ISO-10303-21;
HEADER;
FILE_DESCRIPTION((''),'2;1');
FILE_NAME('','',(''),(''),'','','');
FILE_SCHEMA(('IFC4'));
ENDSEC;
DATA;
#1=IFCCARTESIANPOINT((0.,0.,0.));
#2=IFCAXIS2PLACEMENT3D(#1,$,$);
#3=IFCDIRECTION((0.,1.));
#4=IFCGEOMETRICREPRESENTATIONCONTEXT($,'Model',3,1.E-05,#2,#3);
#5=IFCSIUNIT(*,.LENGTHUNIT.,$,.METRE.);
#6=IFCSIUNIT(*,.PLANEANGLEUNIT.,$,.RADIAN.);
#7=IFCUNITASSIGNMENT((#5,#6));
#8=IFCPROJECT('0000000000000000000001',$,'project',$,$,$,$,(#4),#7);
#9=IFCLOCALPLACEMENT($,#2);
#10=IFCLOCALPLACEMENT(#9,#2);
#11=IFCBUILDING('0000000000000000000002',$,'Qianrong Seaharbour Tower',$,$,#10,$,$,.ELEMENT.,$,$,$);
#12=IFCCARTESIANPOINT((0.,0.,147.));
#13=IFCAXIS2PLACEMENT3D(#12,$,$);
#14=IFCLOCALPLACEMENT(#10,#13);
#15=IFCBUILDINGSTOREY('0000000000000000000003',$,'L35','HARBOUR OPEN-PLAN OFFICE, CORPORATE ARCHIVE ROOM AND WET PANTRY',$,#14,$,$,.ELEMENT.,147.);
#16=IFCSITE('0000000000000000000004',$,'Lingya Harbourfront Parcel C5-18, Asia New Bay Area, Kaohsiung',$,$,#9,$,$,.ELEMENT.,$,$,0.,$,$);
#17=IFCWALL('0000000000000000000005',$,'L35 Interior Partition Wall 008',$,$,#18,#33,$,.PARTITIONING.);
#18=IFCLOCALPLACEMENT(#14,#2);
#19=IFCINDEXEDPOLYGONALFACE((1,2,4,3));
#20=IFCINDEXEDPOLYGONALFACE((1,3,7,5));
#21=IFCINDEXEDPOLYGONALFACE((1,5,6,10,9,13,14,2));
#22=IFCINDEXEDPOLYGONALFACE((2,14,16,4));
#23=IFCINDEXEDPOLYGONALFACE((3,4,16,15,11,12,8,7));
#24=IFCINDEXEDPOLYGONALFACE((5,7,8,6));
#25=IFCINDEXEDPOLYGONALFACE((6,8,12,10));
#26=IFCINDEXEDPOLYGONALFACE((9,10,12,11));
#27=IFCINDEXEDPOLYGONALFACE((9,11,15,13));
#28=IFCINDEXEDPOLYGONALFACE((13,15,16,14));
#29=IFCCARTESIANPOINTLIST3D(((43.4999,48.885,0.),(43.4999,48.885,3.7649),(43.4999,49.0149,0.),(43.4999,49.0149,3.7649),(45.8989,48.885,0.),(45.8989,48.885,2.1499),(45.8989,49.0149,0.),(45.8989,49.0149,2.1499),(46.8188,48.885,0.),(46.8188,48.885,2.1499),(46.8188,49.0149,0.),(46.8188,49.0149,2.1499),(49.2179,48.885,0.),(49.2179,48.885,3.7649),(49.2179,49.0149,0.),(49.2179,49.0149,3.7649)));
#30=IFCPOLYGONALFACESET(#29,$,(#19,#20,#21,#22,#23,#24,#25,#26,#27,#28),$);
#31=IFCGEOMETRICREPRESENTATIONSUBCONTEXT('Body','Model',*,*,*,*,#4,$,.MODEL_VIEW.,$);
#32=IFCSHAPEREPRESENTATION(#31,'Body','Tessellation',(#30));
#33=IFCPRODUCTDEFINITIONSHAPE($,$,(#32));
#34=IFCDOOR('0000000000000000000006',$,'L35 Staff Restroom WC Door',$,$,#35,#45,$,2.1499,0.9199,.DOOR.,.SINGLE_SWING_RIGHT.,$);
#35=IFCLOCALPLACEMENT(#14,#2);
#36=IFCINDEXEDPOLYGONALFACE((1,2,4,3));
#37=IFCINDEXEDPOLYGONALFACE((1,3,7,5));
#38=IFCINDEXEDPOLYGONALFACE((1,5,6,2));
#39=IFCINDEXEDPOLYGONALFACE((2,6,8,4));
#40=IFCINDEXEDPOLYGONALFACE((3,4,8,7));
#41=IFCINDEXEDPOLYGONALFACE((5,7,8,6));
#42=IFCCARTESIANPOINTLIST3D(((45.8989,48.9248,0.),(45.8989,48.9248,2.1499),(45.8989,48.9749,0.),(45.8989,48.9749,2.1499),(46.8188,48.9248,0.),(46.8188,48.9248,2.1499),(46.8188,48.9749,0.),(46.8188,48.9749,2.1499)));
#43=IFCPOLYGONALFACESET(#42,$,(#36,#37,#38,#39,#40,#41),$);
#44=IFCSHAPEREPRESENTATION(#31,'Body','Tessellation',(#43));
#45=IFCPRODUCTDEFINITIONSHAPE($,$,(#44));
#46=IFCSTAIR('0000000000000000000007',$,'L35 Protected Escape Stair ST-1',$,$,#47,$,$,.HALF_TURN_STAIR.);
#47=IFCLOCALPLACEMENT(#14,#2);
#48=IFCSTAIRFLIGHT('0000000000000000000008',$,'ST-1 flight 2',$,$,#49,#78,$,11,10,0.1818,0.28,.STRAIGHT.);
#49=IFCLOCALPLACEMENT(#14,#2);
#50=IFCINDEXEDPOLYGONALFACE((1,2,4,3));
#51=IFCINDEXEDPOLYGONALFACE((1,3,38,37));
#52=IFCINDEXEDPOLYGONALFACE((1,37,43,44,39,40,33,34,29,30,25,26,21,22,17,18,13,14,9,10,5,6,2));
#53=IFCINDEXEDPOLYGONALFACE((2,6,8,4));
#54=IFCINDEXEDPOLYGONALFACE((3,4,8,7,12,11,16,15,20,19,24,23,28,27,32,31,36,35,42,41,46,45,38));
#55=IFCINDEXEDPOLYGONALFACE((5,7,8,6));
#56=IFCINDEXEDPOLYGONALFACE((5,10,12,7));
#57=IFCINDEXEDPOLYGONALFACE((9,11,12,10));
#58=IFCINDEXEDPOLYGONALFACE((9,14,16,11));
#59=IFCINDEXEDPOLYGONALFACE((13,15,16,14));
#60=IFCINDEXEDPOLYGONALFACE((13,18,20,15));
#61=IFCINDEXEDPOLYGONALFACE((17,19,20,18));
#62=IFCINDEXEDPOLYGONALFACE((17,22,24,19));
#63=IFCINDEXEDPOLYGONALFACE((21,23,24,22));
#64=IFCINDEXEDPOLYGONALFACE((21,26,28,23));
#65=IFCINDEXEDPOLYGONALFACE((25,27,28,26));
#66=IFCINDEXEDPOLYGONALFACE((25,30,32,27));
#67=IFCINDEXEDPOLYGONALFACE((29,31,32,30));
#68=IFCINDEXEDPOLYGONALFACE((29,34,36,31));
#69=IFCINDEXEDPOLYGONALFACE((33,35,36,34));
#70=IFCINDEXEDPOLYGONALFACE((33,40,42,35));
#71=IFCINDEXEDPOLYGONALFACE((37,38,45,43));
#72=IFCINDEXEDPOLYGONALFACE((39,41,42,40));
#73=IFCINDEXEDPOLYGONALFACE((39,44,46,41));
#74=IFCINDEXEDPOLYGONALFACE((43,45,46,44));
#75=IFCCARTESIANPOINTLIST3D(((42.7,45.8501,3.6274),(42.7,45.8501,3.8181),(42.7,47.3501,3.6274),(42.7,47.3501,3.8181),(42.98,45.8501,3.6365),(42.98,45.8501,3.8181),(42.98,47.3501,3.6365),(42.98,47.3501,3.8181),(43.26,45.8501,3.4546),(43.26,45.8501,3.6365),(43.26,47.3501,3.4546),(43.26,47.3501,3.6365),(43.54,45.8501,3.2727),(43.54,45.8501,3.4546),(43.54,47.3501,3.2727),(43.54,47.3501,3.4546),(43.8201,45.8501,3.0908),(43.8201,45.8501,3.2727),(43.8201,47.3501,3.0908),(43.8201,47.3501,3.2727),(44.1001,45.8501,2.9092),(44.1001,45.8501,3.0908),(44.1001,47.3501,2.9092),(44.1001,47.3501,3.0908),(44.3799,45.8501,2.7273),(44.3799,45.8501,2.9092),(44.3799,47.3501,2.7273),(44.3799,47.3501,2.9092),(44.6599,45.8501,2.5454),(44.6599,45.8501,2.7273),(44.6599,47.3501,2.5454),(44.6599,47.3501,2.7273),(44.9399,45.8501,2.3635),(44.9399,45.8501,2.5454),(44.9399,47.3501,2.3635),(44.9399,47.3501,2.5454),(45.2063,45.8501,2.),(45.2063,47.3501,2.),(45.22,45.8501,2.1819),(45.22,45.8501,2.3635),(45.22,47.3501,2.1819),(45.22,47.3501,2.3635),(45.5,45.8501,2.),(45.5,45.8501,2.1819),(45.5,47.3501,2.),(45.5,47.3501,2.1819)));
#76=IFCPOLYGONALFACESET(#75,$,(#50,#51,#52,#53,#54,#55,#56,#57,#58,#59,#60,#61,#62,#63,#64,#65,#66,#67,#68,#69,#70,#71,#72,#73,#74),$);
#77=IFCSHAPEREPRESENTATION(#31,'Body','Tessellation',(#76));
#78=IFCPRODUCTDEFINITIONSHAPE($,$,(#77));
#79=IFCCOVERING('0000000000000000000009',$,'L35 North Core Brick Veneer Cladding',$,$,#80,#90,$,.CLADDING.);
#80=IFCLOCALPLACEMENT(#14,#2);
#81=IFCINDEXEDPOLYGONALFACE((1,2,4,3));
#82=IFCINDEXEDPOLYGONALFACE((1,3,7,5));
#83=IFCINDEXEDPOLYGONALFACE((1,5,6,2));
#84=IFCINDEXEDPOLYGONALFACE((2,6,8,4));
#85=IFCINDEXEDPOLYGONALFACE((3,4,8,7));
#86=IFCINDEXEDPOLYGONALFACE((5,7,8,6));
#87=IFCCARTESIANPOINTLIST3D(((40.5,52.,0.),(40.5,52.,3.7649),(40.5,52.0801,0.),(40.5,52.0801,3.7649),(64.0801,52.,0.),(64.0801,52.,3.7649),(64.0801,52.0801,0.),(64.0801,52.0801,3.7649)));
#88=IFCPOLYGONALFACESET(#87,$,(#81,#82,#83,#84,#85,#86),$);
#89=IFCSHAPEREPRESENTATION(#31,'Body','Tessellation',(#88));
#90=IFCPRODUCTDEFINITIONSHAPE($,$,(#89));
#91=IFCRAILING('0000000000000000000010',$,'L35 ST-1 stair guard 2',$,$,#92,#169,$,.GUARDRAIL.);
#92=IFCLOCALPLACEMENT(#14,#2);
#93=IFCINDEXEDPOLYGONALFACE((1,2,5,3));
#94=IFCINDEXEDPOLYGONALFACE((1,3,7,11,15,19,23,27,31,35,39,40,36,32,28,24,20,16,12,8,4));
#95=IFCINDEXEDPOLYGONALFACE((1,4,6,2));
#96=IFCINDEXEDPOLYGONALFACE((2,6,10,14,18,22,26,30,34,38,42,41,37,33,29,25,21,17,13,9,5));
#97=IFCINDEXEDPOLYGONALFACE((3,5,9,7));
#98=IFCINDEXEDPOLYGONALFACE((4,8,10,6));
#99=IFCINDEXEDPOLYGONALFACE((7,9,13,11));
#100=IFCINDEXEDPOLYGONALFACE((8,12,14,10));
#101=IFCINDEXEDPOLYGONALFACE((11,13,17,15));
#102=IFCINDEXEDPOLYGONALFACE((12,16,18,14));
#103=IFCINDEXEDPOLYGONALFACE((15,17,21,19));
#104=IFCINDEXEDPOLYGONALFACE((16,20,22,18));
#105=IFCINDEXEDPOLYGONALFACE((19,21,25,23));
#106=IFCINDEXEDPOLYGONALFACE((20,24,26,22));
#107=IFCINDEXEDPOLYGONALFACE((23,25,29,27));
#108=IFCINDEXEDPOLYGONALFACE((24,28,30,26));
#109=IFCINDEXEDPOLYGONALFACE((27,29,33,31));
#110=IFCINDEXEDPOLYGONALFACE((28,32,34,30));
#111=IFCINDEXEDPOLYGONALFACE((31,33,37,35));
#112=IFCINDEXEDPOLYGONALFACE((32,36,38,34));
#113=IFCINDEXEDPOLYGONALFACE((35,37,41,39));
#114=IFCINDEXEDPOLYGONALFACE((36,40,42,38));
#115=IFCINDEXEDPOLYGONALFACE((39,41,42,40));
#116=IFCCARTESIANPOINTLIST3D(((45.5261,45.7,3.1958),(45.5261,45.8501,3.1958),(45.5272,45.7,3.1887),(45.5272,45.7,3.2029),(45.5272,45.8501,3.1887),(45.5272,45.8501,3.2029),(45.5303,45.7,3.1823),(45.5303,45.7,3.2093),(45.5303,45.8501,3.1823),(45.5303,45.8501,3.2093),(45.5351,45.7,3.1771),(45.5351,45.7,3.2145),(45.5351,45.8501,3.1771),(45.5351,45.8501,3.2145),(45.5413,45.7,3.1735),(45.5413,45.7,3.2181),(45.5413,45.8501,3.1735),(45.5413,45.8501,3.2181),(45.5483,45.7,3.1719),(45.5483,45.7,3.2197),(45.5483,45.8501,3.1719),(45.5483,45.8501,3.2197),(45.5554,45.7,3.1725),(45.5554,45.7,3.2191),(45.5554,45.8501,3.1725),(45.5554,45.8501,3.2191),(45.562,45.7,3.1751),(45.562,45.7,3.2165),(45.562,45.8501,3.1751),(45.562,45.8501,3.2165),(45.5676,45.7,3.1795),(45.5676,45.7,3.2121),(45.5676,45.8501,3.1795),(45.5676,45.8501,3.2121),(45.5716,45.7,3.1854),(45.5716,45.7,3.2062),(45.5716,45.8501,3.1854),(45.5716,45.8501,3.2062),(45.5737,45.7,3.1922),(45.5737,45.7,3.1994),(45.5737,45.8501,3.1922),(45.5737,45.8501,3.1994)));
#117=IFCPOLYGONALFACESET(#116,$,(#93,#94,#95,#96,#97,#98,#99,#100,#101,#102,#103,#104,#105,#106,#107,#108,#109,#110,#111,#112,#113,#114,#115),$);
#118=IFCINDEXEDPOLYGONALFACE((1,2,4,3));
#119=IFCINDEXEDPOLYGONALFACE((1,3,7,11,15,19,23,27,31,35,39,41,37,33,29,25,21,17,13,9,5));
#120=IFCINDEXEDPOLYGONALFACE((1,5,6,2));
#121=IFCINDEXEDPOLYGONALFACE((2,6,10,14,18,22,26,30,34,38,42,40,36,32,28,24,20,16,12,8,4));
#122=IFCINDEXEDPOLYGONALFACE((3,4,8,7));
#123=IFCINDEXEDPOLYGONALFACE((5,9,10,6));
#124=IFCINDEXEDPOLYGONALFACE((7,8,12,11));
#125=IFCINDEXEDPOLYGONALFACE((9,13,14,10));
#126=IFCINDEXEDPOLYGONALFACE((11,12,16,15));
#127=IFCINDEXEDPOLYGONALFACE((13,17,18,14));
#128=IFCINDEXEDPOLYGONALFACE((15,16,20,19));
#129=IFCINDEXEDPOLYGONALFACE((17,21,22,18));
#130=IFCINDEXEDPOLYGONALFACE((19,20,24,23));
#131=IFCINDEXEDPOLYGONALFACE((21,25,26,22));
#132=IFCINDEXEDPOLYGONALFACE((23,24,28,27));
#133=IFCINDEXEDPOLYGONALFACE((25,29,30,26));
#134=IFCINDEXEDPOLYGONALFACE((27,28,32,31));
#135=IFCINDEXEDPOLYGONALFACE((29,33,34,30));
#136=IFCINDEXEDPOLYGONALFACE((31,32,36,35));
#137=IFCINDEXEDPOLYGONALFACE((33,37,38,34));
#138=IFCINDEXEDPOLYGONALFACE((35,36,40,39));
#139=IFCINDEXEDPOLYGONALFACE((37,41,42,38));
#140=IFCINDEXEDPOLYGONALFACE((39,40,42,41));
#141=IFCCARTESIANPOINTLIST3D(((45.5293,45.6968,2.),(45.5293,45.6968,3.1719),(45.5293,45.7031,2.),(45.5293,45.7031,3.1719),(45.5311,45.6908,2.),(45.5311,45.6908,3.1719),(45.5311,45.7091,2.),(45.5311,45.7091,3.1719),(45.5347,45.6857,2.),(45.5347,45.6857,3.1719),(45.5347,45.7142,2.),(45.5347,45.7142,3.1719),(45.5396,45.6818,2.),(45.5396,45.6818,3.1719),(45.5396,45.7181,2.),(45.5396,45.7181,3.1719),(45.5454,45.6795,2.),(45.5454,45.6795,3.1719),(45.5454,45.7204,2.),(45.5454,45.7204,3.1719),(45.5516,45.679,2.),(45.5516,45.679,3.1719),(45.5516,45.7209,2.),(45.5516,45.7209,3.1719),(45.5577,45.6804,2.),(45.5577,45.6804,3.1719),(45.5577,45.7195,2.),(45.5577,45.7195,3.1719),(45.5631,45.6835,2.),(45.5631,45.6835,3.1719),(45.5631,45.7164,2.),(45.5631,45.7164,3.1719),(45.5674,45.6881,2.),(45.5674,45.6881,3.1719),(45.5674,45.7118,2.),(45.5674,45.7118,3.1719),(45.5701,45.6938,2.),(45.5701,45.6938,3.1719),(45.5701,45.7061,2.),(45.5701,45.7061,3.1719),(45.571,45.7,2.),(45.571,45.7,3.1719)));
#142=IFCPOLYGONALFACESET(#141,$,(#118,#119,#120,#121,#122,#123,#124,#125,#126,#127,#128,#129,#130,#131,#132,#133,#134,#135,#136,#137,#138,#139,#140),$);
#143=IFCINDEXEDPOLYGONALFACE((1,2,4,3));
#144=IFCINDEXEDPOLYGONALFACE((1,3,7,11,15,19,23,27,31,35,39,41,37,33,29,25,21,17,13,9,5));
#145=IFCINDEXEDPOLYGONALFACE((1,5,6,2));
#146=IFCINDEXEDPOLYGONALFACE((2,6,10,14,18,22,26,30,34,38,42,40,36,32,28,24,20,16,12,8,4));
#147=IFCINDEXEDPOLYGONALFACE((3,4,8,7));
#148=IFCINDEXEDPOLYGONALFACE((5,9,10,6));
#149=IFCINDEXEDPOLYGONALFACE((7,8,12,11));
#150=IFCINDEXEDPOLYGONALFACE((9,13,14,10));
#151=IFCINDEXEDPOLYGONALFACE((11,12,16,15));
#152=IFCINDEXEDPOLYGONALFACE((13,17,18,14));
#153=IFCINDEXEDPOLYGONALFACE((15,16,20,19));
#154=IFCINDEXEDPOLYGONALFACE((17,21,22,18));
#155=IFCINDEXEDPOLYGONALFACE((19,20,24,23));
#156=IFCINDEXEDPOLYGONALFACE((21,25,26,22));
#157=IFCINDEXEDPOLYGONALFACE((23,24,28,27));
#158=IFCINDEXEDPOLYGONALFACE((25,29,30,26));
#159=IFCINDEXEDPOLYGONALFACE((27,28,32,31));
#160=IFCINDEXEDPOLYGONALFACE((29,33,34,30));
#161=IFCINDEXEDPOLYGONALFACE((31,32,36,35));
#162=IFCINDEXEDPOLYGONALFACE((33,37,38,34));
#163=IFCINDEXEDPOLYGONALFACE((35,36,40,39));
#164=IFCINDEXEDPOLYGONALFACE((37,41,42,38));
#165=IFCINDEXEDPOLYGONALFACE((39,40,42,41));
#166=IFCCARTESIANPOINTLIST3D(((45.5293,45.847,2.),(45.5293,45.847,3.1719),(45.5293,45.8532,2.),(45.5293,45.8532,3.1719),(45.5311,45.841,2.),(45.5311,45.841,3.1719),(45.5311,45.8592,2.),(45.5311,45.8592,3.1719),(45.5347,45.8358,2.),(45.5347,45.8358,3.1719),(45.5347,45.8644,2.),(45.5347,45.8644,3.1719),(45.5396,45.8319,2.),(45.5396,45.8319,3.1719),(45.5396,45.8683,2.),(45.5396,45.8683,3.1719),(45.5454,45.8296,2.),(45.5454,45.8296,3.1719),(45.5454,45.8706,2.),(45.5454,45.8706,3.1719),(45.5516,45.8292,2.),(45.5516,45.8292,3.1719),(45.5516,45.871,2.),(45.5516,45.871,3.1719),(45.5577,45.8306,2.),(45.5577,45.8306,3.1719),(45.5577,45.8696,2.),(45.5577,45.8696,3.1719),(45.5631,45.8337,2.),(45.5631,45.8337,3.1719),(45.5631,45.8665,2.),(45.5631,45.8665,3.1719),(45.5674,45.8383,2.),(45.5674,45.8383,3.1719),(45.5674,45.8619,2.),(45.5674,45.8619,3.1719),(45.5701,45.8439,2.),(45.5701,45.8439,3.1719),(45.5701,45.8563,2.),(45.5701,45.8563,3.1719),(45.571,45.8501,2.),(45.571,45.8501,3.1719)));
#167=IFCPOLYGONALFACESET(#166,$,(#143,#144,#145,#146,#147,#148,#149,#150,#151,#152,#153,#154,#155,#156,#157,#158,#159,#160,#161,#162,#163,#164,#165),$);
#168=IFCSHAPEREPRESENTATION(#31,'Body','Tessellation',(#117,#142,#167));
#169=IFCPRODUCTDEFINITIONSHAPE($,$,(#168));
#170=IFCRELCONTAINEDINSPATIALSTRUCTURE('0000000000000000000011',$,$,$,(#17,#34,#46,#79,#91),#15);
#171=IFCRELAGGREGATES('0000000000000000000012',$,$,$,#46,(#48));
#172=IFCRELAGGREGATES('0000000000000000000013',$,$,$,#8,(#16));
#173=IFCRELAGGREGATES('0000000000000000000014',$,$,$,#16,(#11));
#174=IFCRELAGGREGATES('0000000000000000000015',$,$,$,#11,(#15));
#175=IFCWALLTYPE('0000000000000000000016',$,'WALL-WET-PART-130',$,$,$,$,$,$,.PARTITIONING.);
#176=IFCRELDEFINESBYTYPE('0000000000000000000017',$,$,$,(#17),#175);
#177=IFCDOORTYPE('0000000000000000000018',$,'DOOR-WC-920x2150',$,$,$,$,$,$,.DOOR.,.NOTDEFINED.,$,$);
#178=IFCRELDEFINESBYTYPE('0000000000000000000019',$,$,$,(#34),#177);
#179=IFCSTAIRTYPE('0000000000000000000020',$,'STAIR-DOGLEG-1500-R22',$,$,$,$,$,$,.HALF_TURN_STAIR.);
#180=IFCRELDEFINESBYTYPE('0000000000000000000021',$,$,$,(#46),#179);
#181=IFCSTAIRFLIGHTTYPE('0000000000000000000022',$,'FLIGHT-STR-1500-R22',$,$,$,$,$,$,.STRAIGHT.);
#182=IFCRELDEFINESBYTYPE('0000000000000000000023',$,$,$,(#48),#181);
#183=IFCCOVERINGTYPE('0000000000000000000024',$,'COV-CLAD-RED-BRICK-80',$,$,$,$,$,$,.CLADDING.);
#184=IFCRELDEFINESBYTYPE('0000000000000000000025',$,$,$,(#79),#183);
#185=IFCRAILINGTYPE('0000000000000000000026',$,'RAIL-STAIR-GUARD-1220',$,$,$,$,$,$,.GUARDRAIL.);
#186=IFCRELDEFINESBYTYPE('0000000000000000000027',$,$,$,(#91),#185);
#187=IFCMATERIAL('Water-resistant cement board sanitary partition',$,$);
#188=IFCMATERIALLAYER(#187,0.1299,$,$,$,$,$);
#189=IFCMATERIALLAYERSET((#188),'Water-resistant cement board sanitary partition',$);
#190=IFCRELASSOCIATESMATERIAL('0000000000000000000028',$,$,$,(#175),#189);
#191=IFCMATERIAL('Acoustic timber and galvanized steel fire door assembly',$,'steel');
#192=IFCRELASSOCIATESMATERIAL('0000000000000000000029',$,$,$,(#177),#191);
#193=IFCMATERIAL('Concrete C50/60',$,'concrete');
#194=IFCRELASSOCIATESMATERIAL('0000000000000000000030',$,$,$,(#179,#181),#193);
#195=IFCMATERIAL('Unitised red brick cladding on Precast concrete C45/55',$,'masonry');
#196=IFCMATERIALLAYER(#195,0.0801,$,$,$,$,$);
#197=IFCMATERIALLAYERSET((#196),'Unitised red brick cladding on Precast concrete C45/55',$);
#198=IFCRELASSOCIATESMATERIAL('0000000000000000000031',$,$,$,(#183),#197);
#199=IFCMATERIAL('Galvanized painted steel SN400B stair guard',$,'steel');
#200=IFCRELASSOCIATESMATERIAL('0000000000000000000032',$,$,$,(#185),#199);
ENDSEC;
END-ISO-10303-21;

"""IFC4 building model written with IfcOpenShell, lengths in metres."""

from ifc_helpers import new_model, si_unit, direction, frame, frame_2d, origin, origin_2d, place, context, subcontext, project, spatial, polyline, rectangle, circle, outline, extrude, material, layer, layer_set, type_object, element, fill, aggregate, save


model = new_model("IFC4")

# Units and contexts
model_context = context("Model", 3, precision=1e-05, world=origin(), true_north=direction((0.0, 1.0)))
body_context = subcontext(model_context, "Body", "Model", "MODEL_VIEW")
ifc_project = project(units=[si_unit("LENGTHUNIT", "METRE"), si_unit("PLANEANGLEUNIT", "RADIAN")], contexts=[model_context])

# Site, building, storey
site_placement = place(None, origin())
site = spatial("IfcSite", under=ifc_project, at=site_placement, Name="Lingya Harbourfront Parcel C5-18, Asia New Bay Area, Kaohsiung", CompositionType="ELEMENT", RefElevation=0.0)
building_placement = place(site_placement, origin())
building = spatial("IfcBuilding", under=site, at=building_placement, Name="Qianrong Seaharbour Tower", CompositionType="ELEMENT")
storey_placement = place(building_placement, frame((0.0, 0.0, 147.0)))
storey = spatial("IfcBuildingStorey", under=building, at=storey_placement, Name="L35", Description="HARBOUR OPEN-PLAN OFFICE, CORPORATE ARCHIVE ROOM AND WET PANTRY", CompositionType="ELEMENT", Elevation=147.0)

# Wall, opening, door
ifc_material_1 = material(Name="Water-resistant cement board sanitary partition")
ifc_layer_1 = layer(ifc_material_1, 0.1299)
ifc_layer_set_1 = layer_set([ifc_layer_1], Name="Water-resistant cement board sanitary partition")
wall_type_1 = type_object("IfcWallType", Name="WALL-WET-PART-130", PredefinedType="PARTITIONING", material=ifc_layer_set_1)
wall_1_placement = place(storey_placement, frame((43.5, 48.95, 0.0), z_axis=(0.0, 0.0, 1.0), x_axis=(1.0, 0.0, 0.0)))
wall_1 = element("IfcWall", 1, at=wall_1_placement, inside=storey, type_object=wall_type_1, Name="L35 Interior Partition Wall 008", PredefinedType="PARTITIONING", context=body_context, shape_type="SweptSolid", body=[
    extrude(rectangle(XDim=5.718, YDim=0.1299, at=frame_2d((2.8589, 0.0))), origin(), (0.0, 0.0, 1.0), 3.7649),
])
opening_1_placement = place(wall_1_placement, frame((2.3989, 0.0, 0.0)))
opening_1 = element("IfcOpeningElement", 2, at=opening_1_placement, cuts=wall_1, PredefinedType="OPENING", context=body_context, shape_type="SweptSolid", body=[
    extrude(rectangle(XDim=0.9199, YDim=2.1499, at=frame_2d((0.46, 1.075))), frame((0.0, 0.075, 0.0), z_axis=(0.0, -1.0, 0.0), x_axis=(1.0, 0.0, 0.0)), (0.0, 0.0, 1.0), 0.1499),
])
ifc_material_2 = material(Name="Acoustic timber and galvanized steel fire door assembly", Category="steel")
door_type_1 = type_object("IfcDoorType", Name="DOOR-WC-920x2150", OperationType="NOTDEFINED", PredefinedType="DOOR", material=ifc_material_2)
door_1_placement = place(opening_1_placement, origin())
door_1 = element("IfcDoor", 3, at=door_1_placement, inside=storey, type_object=door_type_1, Name="L35 Staff Restroom WC Door", OperationType="SINGLE_SWING_RIGHT", OverallHeight=2.1499, OverallWidth=0.9199, PredefinedType="DOOR", context=body_context, shape_type="SweptSolid", body=[
    extrude(rectangle(XDim=0.9199, YDim=2.1499, at=frame_2d((0.46, 1.075))), frame((0.0, 0.0249, 0.0), z_axis=(0.0, -1.0, 0.0), x_axis=(1.0, 0.0, 0.0)), (0.0, 0.0, 1.0), 0.05),
])
fill(opening_1, door_1)

# Stair, stair flight
ifc_material_3 = material(Name="Concrete C50/60", Category="concrete")
stair_type = type_object("IfcStairType", Name="STAIR-DOGLEG-1500-R22", PredefinedType="HALF_TURN_STAIR", material=ifc_material_3)
stair_placement = place(storey_placement, origin())
stair = element("IfcStair", 4, at=stair_placement, inside=storey, type_object=stair_type, Name="L35 Protected Escape Stair ST-1", PredefinedType="HALF_TURN_STAIR")
stair_flight_type = type_object("IfcStairFlightType", Name="FLIGHT-STR-1500-R22", PredefinedType="STRAIGHT", material=ifc_material_3)
stair_flight_placement = place(storey_placement, frame((45.5, 46.6001, 2.0), z_axis=(0.0, 0.0, 1.0), x_axis=(-1.0, 0.0, 0.0)))
stair_flight = element("IfcStairFlight", 5, at=stair_flight_placement, type_object=stair_flight_type, Name="ST-1 flight 2", NumberOfRisers=11, NumberOfTreads=10, PredefinedType="STRAIGHT", RiserHeight=0.1818, TreadLength=0.28, context=body_context, shape_type="SweptSolid", body=[
    extrude(outline(polyline([(0.0, 0.0), (0.0, 0.1819), (0.28, 0.1819), (0.28, 0.3635), (0.5601, 0.3635), (0.5601, 0.5454), (0.8401, 0.5454), (0.8401, 0.7273), (1.1201, 0.7273), (1.1201, 0.9092), (1.3999, 0.9092), (1.3999, 1.0908), (1.6799, 1.0908), (1.6799, 1.2727), (1.96, 1.2727), (1.96, 1.4546), (2.24, 1.4546), (2.24, 1.6365), (2.52, 1.6365), (2.52, 1.8181), (2.8, 1.8181), (2.8, 2.0), (2.8, 1.6274), (0.2937, 0.0), (0.0, 0.0)])), frame((0.0, 0.75, 0.0), z_axis=(0.0, -1.0, 0.0), x_axis=(1.0, 0.0, 0.0)), (0.0, 0.0, 1.0), 1.5),
])
aggregate(stair, [stair_flight])

# Covering
ifc_material_4 = material(Name="Unitised red brick cladding on Precast concrete C45/55", Category="masonry")
ifc_layer_2 = layer(ifc_material_4, 0.0801)
ifc_layer_set_2 = layer_set([ifc_layer_2], Name="Unitised red brick cladding on Precast concrete C45/55")
covering_type = type_object("IfcCoveringType", Name="COV-CLAD-RED-BRICK-80", PredefinedType="CLADDING", material=ifc_layer_set_2)
covering_placement = place(storey_placement, frame((52.29, 52.04, 0.0), z_axis=(0.0, 0.0, 1.0), x_axis=(1.0, 0.0, 0.0)))
element("IfcCovering", 6, at=covering_placement, inside=storey, type_object=covering_type, Name="L35 North Core Brick Veneer Cladding", PredefinedType="CLADDING", context=body_context, shape_type="SweptSolid", body=[
    extrude(rectangle(XDim=23.5801, YDim=0.0801, at=origin_2d()), origin(), (0.0, 0.0, 1.0), 3.7649),
])

# Railing
ifc_material_5 = material(Name="Galvanized painted steel SN400B stair guard", Category="steel")
railing_type_1 = type_object("IfcRailingType", Name="RAIL-STAIR-GUARD-1220", PredefinedType="GUARDRAIL", material=ifc_material_5)
railing_1_placement = place(storey_placement, frame((45.55, 45.7, 2.0)))
element("IfcRailing", 7, at=railing_1_placement, inside=storey, type_object=railing_type_1, Name="L35 ST-1 stair guard 2", PredefinedType="GUARDRAIL", context=body_context, shape_type="SweptSolid", body=[
    extrude(circle(Radius=0.0239, at=origin_2d()), frame((0.0, 0.0, 1.1958), z_axis=(0.0, 1.0, 0.0), x_axis=(-1.0, 0.0, 0.0)), (0.0, 0.0, 1.0), 0.1501),
    extrude(circle(Radius=0.021, at=origin_2d()), origin(), (0.0, 0.0, 1.0), 1.1719),
    extrude(circle(Radius=0.021, at=origin_2d()), frame((0.0, 0.1501, 0.0)), (0.0, 0.0, 1.0), 1.1719),
])

save(model, "model.ifc")
